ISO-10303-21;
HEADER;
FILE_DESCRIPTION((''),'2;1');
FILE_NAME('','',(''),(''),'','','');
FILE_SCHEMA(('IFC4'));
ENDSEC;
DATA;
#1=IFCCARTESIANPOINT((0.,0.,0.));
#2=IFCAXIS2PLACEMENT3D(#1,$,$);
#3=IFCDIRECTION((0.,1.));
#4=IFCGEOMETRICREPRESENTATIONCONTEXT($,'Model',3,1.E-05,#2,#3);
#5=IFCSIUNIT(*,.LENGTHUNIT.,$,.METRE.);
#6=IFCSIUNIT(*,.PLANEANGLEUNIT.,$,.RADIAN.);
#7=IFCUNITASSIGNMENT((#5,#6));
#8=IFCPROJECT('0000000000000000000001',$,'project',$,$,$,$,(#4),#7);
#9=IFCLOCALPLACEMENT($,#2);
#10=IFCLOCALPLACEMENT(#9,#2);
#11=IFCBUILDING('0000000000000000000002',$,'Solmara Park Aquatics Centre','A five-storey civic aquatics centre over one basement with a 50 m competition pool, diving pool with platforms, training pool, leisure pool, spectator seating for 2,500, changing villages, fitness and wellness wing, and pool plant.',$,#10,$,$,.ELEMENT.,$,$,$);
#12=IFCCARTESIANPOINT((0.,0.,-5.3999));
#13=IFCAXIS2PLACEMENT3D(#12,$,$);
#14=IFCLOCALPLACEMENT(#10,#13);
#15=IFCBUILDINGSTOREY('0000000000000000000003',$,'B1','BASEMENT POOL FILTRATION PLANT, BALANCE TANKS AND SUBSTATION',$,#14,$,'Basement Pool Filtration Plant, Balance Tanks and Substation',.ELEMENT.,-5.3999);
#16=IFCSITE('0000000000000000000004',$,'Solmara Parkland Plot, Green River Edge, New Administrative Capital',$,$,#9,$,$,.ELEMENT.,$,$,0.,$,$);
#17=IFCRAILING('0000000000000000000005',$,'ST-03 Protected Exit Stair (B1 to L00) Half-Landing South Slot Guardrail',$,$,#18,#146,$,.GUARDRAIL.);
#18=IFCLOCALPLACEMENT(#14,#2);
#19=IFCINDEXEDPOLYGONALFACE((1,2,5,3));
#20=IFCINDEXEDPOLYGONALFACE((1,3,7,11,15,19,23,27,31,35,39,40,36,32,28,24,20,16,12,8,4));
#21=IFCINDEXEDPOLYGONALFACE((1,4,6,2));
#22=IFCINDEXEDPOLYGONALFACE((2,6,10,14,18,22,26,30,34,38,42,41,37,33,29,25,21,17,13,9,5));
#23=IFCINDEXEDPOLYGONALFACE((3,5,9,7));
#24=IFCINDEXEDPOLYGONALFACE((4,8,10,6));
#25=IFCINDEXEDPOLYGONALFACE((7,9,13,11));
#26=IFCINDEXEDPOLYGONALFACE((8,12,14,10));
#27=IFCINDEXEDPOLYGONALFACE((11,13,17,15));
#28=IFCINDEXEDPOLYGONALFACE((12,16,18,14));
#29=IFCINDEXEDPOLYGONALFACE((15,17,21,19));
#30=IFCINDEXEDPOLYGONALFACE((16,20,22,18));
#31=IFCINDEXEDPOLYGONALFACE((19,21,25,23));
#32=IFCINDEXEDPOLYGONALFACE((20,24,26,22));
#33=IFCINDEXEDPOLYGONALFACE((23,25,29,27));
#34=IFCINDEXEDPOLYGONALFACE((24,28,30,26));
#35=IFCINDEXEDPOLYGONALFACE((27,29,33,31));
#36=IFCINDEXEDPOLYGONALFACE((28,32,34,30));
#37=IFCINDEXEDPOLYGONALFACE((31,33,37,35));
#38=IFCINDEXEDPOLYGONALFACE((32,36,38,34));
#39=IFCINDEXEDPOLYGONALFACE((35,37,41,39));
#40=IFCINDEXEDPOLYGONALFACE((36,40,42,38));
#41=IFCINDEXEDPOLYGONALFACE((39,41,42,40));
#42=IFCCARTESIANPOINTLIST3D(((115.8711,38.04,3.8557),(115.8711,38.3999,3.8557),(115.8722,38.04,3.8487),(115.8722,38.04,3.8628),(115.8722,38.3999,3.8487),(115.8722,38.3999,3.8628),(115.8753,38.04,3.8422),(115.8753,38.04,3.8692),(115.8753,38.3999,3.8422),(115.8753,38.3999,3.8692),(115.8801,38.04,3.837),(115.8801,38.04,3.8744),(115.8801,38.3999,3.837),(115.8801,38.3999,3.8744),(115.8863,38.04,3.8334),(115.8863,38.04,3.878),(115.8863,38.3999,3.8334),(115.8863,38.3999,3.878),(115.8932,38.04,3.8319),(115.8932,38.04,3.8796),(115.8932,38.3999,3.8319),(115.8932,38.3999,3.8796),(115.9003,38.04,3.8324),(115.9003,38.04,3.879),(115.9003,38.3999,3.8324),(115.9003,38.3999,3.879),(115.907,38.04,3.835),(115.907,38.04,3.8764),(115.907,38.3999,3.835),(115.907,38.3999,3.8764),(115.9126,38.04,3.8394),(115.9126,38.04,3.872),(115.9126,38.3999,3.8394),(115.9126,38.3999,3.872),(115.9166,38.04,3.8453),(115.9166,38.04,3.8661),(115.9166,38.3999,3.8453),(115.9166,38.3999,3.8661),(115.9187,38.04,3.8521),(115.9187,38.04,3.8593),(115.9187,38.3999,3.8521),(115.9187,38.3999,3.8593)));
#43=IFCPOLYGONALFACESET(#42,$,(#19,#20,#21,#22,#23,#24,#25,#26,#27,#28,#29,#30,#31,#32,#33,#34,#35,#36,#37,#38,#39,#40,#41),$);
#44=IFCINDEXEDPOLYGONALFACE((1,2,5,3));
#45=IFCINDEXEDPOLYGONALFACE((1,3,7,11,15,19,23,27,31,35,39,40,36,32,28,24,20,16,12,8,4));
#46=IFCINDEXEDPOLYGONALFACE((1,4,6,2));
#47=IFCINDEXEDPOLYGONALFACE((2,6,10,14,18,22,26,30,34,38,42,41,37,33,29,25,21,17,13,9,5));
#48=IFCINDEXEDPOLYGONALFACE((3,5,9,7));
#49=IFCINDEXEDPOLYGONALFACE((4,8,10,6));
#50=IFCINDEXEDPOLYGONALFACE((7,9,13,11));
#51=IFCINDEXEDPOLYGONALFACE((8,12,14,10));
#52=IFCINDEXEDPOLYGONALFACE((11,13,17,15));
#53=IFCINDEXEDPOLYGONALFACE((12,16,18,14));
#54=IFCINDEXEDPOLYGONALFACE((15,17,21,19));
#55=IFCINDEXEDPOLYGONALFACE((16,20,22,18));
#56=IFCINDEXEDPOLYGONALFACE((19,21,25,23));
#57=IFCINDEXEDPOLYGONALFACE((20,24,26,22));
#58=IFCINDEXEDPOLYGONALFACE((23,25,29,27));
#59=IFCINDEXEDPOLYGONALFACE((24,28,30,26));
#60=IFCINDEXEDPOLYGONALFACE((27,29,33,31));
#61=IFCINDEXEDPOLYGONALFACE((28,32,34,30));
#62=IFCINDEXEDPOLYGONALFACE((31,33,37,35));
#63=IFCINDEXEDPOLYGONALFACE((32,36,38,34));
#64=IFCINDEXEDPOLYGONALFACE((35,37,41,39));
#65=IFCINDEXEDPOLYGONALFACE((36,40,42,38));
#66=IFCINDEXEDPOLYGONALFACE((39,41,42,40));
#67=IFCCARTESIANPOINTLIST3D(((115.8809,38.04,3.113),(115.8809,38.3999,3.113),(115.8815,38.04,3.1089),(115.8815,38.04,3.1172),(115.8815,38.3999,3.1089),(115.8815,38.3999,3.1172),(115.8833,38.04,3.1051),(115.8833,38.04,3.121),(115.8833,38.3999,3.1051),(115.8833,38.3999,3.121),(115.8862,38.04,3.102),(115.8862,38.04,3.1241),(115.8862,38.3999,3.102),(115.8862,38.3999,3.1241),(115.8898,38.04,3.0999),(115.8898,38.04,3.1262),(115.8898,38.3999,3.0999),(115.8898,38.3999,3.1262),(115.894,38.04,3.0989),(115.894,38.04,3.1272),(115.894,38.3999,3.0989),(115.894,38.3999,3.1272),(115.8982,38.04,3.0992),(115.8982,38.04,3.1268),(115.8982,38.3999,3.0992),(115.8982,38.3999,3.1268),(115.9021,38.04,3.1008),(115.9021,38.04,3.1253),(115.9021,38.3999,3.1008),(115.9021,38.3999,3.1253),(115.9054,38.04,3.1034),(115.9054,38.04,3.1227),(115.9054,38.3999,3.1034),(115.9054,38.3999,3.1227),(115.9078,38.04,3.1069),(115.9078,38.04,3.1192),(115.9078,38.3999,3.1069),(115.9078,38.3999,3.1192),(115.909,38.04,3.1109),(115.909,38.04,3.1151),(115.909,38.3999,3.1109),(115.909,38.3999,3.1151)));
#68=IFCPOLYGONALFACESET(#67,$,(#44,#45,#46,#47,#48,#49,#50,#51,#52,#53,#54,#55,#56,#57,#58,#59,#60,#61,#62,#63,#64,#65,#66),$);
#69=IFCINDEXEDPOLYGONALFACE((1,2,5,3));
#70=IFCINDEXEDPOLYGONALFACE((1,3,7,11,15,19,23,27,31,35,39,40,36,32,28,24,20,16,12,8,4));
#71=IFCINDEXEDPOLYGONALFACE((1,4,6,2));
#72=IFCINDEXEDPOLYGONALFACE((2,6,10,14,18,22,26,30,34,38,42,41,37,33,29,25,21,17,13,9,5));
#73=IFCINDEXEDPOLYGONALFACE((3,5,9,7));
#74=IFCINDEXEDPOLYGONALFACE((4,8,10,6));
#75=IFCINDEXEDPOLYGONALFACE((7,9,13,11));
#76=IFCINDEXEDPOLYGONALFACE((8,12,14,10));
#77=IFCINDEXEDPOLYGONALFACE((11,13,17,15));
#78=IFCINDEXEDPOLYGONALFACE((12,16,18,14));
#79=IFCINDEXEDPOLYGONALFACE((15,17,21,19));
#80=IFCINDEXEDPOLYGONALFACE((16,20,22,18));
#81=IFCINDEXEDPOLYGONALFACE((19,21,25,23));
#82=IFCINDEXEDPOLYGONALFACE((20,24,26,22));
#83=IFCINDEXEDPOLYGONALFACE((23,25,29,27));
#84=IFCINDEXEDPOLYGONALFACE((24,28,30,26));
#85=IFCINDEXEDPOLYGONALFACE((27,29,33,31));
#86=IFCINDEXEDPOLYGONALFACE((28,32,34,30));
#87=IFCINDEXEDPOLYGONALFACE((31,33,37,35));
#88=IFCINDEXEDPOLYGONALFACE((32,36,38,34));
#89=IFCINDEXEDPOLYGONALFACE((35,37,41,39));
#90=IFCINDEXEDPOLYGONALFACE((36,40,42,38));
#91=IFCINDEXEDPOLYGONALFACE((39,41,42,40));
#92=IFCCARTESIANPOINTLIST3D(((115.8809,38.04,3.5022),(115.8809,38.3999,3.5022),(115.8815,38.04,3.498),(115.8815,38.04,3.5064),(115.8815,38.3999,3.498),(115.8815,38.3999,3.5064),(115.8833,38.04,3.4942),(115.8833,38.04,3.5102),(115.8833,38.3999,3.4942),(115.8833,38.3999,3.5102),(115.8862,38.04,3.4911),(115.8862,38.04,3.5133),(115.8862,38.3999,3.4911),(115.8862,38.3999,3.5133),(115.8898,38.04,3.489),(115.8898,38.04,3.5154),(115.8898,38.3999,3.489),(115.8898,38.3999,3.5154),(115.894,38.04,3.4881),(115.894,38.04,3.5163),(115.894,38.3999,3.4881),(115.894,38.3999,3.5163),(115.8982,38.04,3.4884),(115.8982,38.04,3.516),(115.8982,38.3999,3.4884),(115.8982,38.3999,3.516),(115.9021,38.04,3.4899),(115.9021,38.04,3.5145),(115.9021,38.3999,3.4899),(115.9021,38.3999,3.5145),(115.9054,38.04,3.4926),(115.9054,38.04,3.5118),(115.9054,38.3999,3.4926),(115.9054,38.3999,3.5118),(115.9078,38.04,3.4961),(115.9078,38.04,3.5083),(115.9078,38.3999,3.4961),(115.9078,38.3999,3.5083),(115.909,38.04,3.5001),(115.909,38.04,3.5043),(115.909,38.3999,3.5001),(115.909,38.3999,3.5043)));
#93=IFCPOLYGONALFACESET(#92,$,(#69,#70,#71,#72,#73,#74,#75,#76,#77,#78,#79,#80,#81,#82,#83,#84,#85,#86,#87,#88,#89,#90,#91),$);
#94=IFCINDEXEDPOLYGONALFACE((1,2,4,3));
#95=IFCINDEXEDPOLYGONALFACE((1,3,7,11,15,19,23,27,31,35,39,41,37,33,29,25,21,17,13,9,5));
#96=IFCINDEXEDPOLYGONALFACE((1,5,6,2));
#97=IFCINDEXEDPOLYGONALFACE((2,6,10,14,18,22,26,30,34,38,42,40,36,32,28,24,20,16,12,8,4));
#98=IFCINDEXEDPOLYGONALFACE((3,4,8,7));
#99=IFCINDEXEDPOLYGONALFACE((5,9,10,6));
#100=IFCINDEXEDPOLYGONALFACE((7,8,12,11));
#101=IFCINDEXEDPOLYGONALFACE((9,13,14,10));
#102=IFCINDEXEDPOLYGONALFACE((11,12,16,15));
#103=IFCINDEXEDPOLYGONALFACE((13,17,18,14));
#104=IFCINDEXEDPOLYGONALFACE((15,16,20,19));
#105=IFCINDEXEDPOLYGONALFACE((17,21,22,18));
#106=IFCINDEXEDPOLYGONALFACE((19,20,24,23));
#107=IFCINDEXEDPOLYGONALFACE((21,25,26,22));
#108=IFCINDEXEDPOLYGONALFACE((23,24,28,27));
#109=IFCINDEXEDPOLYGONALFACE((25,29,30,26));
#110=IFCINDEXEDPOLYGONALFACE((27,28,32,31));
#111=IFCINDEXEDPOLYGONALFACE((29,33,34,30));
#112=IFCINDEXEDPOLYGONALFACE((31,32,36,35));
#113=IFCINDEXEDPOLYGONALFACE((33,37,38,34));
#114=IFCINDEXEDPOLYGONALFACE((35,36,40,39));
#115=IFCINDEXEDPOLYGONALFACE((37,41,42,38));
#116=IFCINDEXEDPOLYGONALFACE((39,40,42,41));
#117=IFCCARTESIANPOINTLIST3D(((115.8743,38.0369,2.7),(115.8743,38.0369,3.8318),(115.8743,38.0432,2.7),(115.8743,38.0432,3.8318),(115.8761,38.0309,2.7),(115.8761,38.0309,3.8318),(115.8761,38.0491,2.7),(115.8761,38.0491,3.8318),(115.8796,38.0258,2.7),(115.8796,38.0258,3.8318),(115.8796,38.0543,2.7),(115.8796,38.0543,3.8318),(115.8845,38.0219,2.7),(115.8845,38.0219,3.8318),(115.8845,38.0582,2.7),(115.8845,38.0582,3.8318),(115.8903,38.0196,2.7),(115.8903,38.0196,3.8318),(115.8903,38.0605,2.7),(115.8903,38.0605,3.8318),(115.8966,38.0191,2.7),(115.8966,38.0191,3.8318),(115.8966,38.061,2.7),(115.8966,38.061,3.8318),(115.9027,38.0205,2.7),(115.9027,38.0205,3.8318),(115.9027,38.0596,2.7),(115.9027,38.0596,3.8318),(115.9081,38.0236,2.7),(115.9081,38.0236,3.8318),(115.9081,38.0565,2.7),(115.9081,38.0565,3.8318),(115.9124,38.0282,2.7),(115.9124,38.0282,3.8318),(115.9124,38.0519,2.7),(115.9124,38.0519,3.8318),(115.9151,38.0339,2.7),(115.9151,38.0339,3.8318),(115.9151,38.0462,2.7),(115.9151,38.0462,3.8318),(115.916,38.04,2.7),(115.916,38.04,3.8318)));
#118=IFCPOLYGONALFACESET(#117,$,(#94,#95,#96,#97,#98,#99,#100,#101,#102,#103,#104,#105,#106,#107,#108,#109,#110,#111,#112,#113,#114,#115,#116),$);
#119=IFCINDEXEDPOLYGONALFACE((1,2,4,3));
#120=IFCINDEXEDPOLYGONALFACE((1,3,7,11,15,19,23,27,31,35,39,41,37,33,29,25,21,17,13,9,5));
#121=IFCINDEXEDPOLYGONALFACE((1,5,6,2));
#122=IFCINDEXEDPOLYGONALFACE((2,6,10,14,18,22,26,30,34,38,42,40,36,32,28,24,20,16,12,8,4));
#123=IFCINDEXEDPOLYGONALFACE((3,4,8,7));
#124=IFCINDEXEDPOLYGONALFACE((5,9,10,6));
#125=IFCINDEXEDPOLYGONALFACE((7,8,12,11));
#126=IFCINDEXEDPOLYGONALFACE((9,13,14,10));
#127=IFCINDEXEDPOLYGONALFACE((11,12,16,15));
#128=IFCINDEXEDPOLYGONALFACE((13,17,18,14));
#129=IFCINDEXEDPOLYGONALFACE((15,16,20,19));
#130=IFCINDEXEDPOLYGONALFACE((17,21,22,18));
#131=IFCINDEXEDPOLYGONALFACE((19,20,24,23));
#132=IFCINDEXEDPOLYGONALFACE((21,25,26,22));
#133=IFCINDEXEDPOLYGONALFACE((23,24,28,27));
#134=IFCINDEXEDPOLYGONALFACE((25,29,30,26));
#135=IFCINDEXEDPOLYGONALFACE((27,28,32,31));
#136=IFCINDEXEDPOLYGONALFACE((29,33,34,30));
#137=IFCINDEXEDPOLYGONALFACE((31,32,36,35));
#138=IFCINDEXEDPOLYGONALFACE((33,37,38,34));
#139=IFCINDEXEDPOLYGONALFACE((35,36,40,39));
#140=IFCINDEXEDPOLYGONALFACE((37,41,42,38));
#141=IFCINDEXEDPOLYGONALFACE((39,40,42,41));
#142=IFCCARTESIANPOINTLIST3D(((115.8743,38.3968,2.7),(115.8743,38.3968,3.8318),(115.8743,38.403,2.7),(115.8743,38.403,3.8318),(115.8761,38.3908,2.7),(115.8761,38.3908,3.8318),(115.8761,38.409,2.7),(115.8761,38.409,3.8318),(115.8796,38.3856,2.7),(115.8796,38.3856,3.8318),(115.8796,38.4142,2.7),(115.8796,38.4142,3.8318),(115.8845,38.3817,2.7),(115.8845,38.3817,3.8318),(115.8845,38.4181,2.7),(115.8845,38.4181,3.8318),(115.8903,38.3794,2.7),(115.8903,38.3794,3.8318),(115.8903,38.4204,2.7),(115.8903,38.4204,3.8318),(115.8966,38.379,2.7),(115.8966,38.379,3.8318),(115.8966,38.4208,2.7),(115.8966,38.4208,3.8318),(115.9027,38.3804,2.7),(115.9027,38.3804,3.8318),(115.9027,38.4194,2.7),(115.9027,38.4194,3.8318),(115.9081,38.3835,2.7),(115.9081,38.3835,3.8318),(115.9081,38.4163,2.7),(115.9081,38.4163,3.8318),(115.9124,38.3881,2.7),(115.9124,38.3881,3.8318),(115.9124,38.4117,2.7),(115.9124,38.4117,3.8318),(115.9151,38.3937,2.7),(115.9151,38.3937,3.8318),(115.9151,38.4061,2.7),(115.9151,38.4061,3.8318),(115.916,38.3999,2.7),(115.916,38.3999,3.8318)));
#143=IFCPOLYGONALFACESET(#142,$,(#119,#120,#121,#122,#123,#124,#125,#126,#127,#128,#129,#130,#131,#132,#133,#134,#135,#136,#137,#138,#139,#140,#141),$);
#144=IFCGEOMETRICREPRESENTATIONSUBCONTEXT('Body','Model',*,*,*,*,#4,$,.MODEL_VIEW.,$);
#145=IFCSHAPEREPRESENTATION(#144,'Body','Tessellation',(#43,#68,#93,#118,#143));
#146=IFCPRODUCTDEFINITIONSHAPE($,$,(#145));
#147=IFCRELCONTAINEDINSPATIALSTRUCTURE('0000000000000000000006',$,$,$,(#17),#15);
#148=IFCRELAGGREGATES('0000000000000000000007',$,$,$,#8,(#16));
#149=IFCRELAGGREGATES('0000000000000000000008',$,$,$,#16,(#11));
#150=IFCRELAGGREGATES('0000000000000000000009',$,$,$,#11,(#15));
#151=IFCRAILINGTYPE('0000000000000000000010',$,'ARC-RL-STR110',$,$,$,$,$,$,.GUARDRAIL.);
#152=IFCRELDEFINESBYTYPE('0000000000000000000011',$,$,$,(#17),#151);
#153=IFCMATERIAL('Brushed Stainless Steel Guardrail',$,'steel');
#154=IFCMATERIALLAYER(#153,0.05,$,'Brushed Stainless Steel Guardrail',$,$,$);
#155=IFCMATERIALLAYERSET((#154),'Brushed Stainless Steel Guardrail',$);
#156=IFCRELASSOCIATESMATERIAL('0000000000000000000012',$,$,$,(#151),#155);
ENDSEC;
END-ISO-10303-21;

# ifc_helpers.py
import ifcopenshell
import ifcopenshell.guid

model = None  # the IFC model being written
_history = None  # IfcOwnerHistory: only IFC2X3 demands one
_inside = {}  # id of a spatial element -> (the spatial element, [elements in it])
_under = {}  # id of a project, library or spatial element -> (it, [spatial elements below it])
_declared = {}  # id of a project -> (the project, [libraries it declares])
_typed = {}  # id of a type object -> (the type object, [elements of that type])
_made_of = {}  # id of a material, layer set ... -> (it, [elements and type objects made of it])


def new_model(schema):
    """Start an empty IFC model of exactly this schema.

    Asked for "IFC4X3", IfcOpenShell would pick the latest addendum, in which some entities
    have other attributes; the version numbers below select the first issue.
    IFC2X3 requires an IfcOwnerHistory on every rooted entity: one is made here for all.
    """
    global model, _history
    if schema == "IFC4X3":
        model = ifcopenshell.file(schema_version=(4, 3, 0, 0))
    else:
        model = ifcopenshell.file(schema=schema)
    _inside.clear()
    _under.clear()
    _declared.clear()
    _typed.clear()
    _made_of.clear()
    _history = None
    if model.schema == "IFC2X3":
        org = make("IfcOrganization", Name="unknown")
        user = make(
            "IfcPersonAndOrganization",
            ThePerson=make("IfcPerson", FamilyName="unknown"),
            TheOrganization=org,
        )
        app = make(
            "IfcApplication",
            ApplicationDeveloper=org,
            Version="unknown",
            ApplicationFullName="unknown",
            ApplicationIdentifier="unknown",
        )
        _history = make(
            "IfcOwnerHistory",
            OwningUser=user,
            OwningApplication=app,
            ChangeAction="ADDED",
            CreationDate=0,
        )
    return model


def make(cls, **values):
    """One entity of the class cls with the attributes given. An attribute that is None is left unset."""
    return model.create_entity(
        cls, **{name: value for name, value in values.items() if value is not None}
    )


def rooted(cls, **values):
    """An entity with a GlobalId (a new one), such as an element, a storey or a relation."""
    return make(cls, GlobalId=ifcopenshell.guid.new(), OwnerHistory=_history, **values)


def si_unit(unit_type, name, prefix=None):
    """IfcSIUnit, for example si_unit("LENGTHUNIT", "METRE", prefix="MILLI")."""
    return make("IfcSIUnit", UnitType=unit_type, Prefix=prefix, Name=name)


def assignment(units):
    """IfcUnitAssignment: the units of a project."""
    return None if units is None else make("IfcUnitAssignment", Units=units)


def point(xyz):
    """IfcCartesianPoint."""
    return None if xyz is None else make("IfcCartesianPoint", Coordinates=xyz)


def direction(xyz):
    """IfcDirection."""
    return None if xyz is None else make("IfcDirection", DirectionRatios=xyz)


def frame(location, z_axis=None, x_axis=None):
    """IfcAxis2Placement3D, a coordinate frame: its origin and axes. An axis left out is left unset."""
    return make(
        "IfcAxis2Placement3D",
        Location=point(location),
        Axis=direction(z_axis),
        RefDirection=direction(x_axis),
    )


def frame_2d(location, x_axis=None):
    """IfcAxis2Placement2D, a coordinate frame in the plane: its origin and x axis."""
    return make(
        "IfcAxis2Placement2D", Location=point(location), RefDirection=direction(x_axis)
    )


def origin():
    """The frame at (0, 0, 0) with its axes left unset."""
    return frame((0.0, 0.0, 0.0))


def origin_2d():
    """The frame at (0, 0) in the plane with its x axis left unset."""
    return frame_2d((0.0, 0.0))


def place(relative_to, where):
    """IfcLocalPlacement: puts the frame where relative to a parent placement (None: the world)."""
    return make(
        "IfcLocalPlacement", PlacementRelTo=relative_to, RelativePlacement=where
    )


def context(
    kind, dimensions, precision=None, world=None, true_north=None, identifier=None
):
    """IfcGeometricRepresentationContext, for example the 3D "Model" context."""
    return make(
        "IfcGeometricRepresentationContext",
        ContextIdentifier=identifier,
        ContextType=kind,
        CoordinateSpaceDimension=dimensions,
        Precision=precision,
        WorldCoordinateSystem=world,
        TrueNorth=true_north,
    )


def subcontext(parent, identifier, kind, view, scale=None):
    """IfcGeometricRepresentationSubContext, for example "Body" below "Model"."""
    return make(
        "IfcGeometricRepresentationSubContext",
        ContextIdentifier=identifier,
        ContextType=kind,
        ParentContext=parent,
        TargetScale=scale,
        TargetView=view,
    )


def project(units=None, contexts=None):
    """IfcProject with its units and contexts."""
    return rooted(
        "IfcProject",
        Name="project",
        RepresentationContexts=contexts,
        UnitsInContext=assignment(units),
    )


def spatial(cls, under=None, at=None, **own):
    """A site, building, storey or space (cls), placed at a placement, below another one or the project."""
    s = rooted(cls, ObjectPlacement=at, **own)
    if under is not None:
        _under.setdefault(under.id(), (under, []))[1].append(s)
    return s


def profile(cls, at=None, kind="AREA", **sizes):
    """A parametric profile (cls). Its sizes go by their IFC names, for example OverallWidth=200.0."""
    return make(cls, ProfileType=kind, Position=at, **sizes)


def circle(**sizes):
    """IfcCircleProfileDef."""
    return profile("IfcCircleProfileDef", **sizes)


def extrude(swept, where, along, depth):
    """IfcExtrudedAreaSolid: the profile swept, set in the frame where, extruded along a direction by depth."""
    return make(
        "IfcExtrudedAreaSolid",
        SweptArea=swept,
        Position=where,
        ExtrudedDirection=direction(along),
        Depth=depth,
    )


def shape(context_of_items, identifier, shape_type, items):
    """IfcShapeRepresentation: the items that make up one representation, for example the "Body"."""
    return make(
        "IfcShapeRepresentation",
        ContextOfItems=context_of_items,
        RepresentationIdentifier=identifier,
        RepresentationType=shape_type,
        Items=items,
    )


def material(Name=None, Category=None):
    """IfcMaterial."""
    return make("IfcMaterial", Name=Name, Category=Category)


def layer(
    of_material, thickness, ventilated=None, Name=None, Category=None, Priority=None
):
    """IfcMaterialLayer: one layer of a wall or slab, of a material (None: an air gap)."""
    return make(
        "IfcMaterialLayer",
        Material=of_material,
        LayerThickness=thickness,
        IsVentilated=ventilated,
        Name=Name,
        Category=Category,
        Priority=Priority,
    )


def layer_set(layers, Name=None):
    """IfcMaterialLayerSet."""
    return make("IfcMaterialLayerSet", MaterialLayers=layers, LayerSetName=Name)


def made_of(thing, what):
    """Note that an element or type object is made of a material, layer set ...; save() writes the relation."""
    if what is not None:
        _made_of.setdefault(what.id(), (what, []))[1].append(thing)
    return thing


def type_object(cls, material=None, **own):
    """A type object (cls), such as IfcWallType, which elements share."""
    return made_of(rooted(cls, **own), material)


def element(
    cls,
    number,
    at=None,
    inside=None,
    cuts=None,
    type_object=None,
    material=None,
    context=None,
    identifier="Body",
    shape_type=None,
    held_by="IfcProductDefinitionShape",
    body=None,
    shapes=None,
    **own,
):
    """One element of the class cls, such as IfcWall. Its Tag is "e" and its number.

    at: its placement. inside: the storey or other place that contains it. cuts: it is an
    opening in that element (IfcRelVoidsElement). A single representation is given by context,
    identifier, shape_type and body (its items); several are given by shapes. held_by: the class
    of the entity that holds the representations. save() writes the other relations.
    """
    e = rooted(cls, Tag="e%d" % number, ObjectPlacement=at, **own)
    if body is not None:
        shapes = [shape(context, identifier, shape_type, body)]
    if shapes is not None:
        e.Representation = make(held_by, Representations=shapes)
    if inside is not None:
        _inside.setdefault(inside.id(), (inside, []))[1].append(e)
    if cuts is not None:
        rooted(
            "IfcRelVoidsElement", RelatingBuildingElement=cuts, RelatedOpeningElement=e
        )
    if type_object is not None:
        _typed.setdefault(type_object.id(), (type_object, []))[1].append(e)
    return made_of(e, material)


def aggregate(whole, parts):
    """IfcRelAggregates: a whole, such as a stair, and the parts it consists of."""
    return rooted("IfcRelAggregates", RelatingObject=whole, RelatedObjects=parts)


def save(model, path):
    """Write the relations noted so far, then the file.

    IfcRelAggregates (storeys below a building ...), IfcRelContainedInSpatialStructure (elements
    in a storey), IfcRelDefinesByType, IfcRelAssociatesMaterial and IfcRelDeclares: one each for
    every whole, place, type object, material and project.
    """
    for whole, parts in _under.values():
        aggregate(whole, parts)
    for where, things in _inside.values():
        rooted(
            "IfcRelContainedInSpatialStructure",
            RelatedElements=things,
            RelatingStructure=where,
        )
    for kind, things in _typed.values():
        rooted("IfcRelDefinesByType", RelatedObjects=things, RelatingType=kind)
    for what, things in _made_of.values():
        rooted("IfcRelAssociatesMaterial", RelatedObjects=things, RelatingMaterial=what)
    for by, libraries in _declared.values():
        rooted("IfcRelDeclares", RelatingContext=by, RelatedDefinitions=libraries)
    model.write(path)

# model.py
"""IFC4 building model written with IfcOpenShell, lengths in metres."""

from ifc_helpers import new_model, si_unit, direction, frame, origin, origin_2d, place, context, subcontext, project, spatial, circle, extrude, material, layer, layer_set, type_object, element, save


model = new_model("IFC4")

# Units and contexts
model_context = context("Model", 3, precision=1e-05, world=origin(), true_north=direction((0.0, 1.0)))
body_context = subcontext(model_context, "Body", "Model", "MODEL_VIEW")
ifc_project = project(units=[si_unit("LENGTHUNIT", "METRE"), si_unit("PLANEANGLEUNIT", "RADIAN")], contexts=[model_context])

# Site, building, storey
site_placement = place(None, origin())
site = spatial("IfcSite", under=ifc_project, at=site_placement, Name="Solmara Parkland Plot, Green River Edge, New Administrative Capital", CompositionType="ELEMENT", RefElevation=0.0)
building_placement = place(site_placement, origin())
building = spatial("IfcBuilding", under=site, at=building_placement, Name="Solmara Park Aquatics Centre", Description="A five-storey civic aquatics centre over one basement with a 50 m competition pool, diving pool with platforms, training pool, leisure pool, spectator seating for 2,500, changing villages, fitness and wellness wing, and pool plant.", CompositionType="ELEMENT")
storey_placement = place(building_placement, frame((0.0, 0.0, -5.3999)))
storey = spatial("IfcBuildingStorey", under=building, at=storey_placement, Name="B1", Description="BASEMENT POOL FILTRATION PLANT, BALANCE TANKS AND SUBSTATION", LongName="Basement Pool Filtration Plant, Balance Tanks and Substation", CompositionType="ELEMENT", Elevation=-5.3999)

# Railing
ifc_material_1 = material(Name="Brushed Stainless Steel Guardrail", Category="steel")
ifc_layer_1 = layer(ifc_material_1, 0.05, Name="Brushed Stainless Steel Guardrail")
ifc_layer_set_1 = layer_set([ifc_layer_1], Name="Brushed Stainless Steel Guardrail")
railing_type_1 = type_object("IfcRailingType", Name="ARC-RL-STR110", PredefinedType="GUARDRAIL", material=ifc_layer_set_1)
railing_1_placement = place(storey_placement, frame((115.895, 38.04, 2.7)))
element("IfcRailing", 1, at=railing_1_placement, inside=storey, type_object=railing_type_1, Name="ST-03 Protected Exit Stair (B1 to L00) Half-Landing South Slot Guardrail", PredefinedType="GUARDRAIL", context=body_context, shape_type="SweptSolid", body=[
    extrude(circle(Radius=0.0239, at=origin_2d()), frame((0.0, 0.0, 1.1558), z_axis=(0.0, 1.0, 0.0), x_axis=(-1.0, 0.0, 0.0)), (0.0, 0.0, 1.0), 0.3599),
    extrude(circle(Radius=0.0142, at=origin_2d()), frame((0.0, 0.0, 0.4131), z_axis=(0.0, 1.0, 0.0), x_axis=(-1.0, 0.0, 0.0)), (0.0, 0.0, 1.0), 0.3599),
    extrude(circle(Radius=0.0142, at=origin_2d()), frame((0.0, 0.0, 0.8022), z_axis=(0.0, 1.0, 0.0), x_axis=(-1.0, 0.0, 0.0)), (0.0, 0.0, 1.0), 0.3599),
    extrude(circle(Radius=0.021, at=origin_2d()), origin(), (0.0, 0.0, 1.0), 1.1318),
    extrude(circle(Radius=0.021, at=origin_2d()), frame((0.0, 0.3599, 0.0)), (0.0, 0.0, 1.0), 1.1318),
])

save(model, "model.ifc")
